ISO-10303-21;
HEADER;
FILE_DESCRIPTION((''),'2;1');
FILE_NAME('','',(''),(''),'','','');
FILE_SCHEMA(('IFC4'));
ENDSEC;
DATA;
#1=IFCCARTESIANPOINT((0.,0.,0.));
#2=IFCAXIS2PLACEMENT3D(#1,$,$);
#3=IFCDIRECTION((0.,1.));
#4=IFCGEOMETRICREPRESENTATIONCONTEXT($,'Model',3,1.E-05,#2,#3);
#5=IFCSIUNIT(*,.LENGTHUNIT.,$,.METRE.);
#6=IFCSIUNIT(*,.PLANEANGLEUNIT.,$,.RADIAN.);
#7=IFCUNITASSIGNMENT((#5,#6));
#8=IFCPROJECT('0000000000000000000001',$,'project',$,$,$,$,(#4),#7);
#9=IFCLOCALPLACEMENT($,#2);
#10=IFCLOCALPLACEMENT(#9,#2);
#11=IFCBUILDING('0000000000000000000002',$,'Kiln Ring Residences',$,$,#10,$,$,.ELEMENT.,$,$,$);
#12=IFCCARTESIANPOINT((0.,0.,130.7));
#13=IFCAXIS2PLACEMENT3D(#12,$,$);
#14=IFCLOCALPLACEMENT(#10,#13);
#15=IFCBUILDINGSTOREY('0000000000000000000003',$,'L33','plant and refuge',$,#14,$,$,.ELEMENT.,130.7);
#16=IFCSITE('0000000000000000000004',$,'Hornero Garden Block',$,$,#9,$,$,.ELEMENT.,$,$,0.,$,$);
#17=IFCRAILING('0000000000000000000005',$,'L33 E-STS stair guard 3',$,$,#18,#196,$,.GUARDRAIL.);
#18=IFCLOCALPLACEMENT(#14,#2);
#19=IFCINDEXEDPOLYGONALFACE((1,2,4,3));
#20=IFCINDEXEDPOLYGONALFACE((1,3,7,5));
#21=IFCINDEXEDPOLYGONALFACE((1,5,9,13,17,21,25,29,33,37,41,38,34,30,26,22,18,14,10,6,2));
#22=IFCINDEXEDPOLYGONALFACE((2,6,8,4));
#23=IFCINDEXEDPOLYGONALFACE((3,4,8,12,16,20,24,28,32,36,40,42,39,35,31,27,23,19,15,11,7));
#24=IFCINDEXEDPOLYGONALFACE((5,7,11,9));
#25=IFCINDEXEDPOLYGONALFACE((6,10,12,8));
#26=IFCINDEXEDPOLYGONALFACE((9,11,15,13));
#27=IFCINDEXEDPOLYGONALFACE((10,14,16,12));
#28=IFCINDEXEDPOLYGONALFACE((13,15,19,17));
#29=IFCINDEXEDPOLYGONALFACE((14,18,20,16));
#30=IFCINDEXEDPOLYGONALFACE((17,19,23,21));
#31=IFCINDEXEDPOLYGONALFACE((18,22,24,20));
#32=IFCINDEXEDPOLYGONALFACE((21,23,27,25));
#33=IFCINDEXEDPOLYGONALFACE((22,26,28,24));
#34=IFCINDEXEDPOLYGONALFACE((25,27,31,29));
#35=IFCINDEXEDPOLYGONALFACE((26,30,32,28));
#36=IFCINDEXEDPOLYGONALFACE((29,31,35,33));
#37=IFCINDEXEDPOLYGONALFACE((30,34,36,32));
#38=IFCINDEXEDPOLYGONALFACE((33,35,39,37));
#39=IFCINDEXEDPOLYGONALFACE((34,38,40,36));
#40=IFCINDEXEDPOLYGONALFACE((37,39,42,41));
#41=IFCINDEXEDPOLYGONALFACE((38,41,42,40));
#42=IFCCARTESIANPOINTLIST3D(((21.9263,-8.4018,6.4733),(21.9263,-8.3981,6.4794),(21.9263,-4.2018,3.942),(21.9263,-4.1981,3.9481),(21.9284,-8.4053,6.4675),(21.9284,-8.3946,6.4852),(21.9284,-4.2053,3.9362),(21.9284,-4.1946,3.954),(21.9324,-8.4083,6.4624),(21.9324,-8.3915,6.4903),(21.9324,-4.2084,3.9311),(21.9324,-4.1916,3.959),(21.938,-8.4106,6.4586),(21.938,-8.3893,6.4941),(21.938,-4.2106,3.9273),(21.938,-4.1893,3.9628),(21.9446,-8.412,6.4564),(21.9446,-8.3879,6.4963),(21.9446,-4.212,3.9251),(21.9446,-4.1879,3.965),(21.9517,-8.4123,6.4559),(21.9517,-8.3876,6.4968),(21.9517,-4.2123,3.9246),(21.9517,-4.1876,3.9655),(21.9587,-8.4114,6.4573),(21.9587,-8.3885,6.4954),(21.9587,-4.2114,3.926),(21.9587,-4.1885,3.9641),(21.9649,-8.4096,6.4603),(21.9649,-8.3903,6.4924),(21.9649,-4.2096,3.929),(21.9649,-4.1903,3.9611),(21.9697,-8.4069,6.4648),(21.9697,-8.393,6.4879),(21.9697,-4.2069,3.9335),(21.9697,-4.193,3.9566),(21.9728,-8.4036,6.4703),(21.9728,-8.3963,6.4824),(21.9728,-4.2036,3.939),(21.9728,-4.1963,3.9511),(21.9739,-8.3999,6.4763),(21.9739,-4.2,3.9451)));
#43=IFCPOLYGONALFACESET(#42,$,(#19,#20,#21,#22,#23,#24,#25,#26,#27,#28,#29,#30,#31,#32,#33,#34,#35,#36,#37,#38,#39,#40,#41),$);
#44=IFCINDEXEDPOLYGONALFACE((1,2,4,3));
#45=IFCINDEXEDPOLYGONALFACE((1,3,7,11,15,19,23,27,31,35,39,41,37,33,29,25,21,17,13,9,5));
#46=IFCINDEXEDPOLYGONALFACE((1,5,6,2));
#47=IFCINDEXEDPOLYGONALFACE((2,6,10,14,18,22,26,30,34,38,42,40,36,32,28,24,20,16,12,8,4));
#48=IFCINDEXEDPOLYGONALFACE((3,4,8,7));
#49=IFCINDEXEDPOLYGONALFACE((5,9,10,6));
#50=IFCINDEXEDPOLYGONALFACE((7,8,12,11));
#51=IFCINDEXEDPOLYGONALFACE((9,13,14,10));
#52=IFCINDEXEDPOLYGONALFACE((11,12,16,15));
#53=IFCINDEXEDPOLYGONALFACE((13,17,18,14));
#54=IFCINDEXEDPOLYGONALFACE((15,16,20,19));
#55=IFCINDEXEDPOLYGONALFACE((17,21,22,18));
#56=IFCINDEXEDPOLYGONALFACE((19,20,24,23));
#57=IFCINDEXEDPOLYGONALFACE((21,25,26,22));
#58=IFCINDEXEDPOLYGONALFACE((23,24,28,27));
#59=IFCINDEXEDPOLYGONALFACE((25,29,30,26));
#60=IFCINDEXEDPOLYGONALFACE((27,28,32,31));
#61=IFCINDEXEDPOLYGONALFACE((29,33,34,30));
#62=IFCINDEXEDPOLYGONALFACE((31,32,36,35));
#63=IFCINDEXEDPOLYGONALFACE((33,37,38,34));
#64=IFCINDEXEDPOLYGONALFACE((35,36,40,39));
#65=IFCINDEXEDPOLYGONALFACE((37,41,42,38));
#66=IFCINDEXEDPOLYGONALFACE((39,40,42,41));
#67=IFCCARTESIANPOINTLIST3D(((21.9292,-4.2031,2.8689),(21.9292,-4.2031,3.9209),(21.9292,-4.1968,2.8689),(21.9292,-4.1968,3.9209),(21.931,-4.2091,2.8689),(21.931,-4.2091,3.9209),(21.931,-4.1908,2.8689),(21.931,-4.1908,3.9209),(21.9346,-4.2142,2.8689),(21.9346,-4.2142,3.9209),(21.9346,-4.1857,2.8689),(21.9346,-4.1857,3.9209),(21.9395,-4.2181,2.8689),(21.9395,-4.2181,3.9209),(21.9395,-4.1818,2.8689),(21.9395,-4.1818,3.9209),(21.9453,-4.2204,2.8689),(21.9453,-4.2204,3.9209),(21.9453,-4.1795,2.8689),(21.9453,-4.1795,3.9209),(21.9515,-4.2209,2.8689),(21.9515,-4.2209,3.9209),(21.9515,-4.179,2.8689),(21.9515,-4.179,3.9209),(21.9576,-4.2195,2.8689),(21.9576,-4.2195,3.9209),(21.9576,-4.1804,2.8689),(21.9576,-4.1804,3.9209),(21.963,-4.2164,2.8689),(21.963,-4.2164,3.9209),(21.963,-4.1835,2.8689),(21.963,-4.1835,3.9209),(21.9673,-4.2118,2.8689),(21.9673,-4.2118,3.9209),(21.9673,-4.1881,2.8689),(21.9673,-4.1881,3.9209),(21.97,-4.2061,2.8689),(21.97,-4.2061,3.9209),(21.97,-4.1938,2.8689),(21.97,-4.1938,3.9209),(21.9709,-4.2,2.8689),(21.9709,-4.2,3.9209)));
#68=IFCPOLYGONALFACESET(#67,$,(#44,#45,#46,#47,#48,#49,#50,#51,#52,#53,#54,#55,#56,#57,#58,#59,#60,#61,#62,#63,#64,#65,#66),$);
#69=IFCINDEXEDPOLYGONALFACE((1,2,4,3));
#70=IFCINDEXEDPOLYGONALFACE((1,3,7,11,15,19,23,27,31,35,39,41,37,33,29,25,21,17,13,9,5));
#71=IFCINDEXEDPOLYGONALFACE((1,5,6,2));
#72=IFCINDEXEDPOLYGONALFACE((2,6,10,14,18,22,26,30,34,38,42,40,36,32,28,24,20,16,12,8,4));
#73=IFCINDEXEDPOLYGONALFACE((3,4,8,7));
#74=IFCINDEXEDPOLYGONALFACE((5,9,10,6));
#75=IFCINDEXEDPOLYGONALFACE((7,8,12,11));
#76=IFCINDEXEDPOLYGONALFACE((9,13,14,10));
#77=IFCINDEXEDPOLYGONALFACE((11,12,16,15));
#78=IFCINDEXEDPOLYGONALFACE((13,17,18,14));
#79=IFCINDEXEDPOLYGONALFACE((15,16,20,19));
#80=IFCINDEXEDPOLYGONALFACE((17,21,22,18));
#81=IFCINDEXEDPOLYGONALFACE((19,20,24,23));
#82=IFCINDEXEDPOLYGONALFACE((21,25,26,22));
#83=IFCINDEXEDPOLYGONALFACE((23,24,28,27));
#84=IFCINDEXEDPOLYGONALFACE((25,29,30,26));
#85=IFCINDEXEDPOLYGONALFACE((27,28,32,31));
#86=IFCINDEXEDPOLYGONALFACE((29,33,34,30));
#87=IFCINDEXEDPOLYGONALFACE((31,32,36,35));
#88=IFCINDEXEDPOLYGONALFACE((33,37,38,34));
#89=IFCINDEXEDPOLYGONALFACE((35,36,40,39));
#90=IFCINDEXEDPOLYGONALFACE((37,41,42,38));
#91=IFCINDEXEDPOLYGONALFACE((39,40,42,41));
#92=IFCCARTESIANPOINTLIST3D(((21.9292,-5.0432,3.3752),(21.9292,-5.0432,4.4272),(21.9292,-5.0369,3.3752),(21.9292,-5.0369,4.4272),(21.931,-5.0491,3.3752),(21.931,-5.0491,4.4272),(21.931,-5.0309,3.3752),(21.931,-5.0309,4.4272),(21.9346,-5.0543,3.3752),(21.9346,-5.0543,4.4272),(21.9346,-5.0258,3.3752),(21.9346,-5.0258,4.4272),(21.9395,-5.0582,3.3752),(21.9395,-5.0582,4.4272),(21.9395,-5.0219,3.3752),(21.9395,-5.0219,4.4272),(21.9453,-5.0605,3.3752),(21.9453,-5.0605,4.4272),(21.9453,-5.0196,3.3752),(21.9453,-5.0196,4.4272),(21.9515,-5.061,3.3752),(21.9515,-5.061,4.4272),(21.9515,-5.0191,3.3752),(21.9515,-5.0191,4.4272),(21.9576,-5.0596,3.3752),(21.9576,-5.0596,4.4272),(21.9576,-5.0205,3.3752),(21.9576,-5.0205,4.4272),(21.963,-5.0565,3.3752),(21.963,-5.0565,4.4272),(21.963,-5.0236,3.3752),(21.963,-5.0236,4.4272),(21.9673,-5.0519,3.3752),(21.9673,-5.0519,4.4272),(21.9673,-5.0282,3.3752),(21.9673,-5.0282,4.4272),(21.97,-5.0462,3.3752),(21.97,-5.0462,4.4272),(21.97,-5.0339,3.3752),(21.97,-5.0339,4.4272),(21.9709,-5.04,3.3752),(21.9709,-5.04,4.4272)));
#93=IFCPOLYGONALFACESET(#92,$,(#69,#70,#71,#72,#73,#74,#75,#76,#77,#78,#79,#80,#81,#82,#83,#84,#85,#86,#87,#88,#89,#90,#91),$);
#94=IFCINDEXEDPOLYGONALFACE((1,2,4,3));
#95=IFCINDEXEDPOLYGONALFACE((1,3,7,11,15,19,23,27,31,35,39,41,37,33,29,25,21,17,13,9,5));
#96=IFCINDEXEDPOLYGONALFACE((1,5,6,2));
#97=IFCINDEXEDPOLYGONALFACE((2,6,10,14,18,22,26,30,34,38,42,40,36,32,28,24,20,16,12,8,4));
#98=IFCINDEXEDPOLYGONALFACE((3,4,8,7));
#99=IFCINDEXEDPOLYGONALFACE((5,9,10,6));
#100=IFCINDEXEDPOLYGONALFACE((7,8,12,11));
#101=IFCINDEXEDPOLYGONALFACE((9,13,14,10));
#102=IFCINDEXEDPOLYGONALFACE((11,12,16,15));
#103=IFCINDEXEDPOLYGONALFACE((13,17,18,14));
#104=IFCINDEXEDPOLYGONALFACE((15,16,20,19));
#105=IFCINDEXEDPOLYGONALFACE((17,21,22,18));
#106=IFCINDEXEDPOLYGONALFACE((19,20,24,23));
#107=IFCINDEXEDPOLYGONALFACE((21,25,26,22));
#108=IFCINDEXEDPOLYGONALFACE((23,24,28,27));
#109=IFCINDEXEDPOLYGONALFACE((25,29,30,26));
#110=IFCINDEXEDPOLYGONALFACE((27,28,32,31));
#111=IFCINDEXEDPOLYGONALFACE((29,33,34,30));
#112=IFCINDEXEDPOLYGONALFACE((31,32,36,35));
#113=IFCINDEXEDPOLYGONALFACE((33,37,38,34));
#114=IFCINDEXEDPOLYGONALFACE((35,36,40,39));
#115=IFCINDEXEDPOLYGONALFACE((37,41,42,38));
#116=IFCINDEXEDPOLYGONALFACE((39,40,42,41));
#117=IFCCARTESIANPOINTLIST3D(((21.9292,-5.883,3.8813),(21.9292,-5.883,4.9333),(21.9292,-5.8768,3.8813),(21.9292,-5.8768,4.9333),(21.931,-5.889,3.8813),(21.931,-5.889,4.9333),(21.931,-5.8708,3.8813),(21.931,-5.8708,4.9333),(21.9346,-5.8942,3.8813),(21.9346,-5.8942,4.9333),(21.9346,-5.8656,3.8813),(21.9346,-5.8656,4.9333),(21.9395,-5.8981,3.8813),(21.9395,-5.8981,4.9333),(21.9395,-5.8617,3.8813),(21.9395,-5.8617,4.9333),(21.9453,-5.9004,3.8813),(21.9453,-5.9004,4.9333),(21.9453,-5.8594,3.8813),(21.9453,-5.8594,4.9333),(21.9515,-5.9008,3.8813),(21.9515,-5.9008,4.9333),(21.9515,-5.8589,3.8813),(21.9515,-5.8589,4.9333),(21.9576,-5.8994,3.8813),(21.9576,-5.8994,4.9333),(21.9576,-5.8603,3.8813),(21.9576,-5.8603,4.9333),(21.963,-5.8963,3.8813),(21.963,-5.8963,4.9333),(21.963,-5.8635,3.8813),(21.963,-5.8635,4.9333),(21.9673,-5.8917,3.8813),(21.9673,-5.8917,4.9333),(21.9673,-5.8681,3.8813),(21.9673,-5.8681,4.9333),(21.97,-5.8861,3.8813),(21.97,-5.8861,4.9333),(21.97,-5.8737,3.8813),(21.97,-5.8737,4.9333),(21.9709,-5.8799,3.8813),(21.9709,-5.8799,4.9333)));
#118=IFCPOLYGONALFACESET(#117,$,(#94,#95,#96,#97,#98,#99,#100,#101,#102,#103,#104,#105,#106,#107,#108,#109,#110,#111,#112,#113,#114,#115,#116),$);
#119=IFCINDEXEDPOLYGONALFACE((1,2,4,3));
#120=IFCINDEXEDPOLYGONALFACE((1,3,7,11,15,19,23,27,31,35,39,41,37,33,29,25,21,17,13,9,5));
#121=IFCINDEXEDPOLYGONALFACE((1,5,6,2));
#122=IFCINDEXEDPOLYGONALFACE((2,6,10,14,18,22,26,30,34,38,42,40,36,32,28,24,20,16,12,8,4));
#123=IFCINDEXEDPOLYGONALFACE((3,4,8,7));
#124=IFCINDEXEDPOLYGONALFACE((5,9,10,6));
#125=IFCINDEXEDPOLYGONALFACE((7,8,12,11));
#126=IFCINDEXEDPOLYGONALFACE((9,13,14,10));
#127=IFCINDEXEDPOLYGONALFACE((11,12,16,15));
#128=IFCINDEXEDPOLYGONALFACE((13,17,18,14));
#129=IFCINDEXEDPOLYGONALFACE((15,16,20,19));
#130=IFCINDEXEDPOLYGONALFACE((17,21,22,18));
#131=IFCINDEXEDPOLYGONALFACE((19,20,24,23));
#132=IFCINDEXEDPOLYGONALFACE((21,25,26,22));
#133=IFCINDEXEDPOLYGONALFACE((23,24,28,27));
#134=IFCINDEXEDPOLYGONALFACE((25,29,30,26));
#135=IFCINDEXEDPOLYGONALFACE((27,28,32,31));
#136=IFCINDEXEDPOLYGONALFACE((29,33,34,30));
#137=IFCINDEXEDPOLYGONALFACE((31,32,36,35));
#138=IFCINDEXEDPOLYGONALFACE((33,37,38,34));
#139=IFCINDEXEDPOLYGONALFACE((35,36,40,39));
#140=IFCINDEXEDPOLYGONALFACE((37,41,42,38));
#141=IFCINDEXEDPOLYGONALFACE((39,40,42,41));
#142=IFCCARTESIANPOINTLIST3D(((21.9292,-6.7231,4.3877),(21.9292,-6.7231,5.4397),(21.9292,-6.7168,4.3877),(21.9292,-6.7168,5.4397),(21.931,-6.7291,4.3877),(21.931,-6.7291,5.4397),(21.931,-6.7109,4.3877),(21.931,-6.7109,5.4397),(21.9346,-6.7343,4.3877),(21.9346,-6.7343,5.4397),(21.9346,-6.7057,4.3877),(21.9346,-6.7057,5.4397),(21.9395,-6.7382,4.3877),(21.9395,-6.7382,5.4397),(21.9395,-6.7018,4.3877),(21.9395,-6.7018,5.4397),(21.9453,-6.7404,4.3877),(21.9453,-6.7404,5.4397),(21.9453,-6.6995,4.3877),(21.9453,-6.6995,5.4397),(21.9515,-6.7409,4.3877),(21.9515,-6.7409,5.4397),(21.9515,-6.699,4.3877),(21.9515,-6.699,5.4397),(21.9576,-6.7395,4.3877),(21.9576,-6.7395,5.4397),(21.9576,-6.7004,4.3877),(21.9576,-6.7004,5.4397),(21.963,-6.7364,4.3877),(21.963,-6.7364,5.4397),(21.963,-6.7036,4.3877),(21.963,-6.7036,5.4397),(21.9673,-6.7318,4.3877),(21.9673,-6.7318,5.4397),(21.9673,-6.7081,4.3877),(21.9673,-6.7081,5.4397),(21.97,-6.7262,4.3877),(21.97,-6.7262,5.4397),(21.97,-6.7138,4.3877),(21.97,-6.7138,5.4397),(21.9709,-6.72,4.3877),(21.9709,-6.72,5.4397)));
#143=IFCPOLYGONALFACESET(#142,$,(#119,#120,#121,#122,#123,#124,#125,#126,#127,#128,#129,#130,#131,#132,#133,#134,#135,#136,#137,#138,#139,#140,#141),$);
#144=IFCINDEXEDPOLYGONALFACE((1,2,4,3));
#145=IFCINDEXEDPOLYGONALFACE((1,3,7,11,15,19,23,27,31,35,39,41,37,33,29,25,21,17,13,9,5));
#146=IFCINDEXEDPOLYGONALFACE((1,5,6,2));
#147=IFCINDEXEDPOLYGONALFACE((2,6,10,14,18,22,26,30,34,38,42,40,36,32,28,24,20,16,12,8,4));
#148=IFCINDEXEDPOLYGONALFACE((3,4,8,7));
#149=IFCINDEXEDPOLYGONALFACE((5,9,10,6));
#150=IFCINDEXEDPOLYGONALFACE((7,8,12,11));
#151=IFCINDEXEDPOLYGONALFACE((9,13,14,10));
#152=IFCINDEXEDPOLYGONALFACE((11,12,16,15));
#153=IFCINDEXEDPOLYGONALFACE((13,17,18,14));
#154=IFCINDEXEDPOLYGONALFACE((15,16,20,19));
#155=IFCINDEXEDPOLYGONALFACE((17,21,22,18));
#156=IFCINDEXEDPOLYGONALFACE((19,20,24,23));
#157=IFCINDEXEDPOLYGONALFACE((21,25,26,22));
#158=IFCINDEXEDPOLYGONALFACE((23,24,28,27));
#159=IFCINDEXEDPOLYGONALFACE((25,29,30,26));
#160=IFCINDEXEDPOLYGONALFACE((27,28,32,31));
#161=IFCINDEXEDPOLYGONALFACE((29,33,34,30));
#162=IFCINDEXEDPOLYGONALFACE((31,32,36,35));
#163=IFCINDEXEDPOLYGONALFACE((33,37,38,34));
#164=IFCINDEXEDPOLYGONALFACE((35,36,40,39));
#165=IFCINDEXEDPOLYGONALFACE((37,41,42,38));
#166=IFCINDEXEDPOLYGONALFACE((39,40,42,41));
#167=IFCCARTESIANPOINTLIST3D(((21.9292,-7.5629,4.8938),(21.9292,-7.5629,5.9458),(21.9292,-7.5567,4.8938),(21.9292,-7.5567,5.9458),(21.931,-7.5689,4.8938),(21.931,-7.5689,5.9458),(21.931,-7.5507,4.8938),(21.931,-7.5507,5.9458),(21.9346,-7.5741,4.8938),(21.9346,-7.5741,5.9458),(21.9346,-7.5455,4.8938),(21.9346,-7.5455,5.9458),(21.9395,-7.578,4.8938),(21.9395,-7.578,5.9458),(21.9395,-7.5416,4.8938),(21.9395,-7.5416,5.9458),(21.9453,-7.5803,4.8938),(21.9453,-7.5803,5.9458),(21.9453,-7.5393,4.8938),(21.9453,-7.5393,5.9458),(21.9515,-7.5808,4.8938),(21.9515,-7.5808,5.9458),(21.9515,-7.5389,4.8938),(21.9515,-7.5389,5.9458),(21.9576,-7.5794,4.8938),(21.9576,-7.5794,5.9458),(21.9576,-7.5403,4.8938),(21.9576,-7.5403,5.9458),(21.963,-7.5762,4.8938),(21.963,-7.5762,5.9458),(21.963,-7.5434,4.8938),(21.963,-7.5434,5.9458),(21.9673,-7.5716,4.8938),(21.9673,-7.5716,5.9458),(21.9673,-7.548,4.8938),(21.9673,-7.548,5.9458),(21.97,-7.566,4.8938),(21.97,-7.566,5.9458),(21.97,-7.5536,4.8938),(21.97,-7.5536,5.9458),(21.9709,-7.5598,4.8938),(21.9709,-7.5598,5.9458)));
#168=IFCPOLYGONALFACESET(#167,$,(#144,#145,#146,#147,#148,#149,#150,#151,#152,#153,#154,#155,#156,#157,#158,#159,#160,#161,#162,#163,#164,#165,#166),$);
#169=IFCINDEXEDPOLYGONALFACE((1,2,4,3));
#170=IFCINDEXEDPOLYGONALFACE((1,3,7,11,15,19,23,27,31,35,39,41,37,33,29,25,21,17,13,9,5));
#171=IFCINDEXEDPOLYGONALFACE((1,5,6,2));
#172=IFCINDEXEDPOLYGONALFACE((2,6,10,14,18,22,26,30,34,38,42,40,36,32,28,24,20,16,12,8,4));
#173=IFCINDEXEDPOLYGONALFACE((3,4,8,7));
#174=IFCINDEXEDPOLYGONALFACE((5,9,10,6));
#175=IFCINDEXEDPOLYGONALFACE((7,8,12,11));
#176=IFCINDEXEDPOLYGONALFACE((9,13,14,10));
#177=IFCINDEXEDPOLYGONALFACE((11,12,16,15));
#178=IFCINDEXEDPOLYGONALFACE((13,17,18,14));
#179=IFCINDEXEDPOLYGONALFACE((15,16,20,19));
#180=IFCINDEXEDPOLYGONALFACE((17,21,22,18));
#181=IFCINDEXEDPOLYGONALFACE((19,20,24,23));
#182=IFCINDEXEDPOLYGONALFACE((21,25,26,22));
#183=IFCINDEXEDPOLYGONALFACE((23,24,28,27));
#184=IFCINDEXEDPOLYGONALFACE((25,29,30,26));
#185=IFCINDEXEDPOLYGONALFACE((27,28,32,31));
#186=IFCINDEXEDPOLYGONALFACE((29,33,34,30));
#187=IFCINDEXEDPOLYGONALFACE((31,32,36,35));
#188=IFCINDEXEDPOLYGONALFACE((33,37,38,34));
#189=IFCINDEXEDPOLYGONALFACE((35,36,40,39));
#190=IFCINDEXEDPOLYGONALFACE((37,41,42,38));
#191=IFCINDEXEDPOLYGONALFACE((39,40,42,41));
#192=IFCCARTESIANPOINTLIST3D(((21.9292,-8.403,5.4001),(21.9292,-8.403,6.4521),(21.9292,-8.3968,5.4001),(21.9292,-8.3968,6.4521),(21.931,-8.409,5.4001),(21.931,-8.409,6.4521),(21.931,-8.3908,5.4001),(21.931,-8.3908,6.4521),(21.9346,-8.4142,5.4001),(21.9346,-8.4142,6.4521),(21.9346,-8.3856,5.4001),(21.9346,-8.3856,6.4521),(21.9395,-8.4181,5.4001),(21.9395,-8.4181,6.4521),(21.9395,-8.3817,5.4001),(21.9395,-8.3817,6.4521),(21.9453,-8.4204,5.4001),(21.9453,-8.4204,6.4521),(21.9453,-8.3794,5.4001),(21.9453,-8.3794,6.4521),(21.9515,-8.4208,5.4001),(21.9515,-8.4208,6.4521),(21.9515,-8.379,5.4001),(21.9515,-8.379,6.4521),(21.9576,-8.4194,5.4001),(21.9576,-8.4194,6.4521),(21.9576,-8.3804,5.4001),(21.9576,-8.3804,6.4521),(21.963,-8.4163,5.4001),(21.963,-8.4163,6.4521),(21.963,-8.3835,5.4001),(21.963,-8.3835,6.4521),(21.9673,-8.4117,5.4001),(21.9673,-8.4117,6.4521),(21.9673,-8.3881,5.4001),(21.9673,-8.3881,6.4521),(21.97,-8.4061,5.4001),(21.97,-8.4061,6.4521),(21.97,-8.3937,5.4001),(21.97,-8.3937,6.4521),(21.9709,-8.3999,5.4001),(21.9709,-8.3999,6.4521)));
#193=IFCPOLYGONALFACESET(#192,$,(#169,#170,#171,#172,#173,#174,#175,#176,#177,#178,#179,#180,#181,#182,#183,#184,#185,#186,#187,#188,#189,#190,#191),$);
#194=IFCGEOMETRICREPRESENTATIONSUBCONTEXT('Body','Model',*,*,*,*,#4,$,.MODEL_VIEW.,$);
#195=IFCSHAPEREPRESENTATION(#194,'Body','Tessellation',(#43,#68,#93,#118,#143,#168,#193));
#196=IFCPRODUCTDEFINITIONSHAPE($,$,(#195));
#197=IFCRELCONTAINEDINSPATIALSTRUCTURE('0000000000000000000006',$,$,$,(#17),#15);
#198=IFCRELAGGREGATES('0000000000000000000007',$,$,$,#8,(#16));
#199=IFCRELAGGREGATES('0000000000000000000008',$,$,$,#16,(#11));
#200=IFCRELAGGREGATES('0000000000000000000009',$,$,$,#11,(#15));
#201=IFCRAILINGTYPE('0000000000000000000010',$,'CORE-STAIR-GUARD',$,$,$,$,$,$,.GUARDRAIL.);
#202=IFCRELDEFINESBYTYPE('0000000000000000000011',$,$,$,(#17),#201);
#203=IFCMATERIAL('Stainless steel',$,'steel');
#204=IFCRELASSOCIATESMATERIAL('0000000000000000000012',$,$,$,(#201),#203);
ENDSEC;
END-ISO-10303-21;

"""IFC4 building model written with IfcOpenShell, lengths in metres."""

from ifc_helpers import new_model, si_unit, direction, frame, origin, origin_2d, place, context, subcontext, project, spatial, circle, extrude, material, type_object, element, save


model = new_model("IFC4")

# Units and contexts
model_context = context("Model", 3, precision=1e-05, world=origin(), true_north=direction((0.0, 1.0)))
body_context = subcontext(model_context, "Body", "Model", "MODEL_VIEW")
ifc_project = project(units=[si_unit("LENGTHUNIT", "METRE"), si_unit("PLANEANGLEUNIT", "RADIAN")], contexts=[model_context])

# Site, building, storey
site_placement = place(None, origin())
site = spatial("IfcSite", under=ifc_project, at=site_placement, Name="Hornero Garden Block", CompositionType="ELEMENT", RefElevation=0.0)
building_placement = place(site_placement, origin())
building = spatial("IfcBuilding", under=site, at=building_placement, Name="Kiln Ring Residences", CompositionType="ELEMENT")
storey_placement = place(building_placement, frame((0.0, 0.0, 130.7)))
storey = spatial("IfcBuildingStorey", under=building, at=storey_placement, Name="L33", Description="plant and refuge", CompositionType="ELEMENT", Elevation=130.7)

# Railing
ifc_material_1 = material(Name="Stainless steel", Category="steel")
railing_type_1 = type_object("IfcRailingType", Name="CORE-STAIR-GUARD", PredefinedType="GUARDRAIL", material=ifc_material_1)
railing_1_placement = place(storey_placement, frame((21.95, -4.2, 2.8689)))
element("IfcRailing", 1, at=railing_1_placement, inside=storey, type_object=railing_type_1, Name="L33 E-STS stair guard 3", PredefinedType="GUARDRAIL", context=body_context, shape_type="SweptSolid", body=[
    extrude(circle(Radius=0.0239, at=origin_2d()), frame((0.0, 0.0, 1.0762), z_axis=(0.0, -0.856476, 0.516186), x_axis=(1.0, 0.0, 0.0)), (0.0, 0.0, 1.0), 4.9038),
    extrude(circle(Radius=0.021, at=origin_2d()), origin(), (0.0, 0.0, 1.0), 1.052),
    extrude(circle(Radius=0.021, at=origin_2d()), frame((0.0, -0.8401, 0.5063)), (0.0, 0.0, 1.0), 1.052),
    extrude(circle(Radius=0.021, at=origin_2d()), frame((0.0, -1.6799, 1.0125)), (0.0, 0.0, 1.0), 1.052),
    extrude(circle(Radius=0.021, at=origin_2d()), frame((0.0, -2.52, 1.5188)), (0.0, 0.0, 1.0), 1.052),
    extrude(circle(Radius=0.021, at=origin_2d()), frame((0.0, -3.3599, 2.0249)), (0.0, 0.0, 1.0), 1.052),
    extrude(circle(Radius=0.021, at=origin_2d()), frame((0.0, -4.2, 2.5312)), (0.0, 0.0, 1.0), 1.052),
])

save(model, "model.ifc")
